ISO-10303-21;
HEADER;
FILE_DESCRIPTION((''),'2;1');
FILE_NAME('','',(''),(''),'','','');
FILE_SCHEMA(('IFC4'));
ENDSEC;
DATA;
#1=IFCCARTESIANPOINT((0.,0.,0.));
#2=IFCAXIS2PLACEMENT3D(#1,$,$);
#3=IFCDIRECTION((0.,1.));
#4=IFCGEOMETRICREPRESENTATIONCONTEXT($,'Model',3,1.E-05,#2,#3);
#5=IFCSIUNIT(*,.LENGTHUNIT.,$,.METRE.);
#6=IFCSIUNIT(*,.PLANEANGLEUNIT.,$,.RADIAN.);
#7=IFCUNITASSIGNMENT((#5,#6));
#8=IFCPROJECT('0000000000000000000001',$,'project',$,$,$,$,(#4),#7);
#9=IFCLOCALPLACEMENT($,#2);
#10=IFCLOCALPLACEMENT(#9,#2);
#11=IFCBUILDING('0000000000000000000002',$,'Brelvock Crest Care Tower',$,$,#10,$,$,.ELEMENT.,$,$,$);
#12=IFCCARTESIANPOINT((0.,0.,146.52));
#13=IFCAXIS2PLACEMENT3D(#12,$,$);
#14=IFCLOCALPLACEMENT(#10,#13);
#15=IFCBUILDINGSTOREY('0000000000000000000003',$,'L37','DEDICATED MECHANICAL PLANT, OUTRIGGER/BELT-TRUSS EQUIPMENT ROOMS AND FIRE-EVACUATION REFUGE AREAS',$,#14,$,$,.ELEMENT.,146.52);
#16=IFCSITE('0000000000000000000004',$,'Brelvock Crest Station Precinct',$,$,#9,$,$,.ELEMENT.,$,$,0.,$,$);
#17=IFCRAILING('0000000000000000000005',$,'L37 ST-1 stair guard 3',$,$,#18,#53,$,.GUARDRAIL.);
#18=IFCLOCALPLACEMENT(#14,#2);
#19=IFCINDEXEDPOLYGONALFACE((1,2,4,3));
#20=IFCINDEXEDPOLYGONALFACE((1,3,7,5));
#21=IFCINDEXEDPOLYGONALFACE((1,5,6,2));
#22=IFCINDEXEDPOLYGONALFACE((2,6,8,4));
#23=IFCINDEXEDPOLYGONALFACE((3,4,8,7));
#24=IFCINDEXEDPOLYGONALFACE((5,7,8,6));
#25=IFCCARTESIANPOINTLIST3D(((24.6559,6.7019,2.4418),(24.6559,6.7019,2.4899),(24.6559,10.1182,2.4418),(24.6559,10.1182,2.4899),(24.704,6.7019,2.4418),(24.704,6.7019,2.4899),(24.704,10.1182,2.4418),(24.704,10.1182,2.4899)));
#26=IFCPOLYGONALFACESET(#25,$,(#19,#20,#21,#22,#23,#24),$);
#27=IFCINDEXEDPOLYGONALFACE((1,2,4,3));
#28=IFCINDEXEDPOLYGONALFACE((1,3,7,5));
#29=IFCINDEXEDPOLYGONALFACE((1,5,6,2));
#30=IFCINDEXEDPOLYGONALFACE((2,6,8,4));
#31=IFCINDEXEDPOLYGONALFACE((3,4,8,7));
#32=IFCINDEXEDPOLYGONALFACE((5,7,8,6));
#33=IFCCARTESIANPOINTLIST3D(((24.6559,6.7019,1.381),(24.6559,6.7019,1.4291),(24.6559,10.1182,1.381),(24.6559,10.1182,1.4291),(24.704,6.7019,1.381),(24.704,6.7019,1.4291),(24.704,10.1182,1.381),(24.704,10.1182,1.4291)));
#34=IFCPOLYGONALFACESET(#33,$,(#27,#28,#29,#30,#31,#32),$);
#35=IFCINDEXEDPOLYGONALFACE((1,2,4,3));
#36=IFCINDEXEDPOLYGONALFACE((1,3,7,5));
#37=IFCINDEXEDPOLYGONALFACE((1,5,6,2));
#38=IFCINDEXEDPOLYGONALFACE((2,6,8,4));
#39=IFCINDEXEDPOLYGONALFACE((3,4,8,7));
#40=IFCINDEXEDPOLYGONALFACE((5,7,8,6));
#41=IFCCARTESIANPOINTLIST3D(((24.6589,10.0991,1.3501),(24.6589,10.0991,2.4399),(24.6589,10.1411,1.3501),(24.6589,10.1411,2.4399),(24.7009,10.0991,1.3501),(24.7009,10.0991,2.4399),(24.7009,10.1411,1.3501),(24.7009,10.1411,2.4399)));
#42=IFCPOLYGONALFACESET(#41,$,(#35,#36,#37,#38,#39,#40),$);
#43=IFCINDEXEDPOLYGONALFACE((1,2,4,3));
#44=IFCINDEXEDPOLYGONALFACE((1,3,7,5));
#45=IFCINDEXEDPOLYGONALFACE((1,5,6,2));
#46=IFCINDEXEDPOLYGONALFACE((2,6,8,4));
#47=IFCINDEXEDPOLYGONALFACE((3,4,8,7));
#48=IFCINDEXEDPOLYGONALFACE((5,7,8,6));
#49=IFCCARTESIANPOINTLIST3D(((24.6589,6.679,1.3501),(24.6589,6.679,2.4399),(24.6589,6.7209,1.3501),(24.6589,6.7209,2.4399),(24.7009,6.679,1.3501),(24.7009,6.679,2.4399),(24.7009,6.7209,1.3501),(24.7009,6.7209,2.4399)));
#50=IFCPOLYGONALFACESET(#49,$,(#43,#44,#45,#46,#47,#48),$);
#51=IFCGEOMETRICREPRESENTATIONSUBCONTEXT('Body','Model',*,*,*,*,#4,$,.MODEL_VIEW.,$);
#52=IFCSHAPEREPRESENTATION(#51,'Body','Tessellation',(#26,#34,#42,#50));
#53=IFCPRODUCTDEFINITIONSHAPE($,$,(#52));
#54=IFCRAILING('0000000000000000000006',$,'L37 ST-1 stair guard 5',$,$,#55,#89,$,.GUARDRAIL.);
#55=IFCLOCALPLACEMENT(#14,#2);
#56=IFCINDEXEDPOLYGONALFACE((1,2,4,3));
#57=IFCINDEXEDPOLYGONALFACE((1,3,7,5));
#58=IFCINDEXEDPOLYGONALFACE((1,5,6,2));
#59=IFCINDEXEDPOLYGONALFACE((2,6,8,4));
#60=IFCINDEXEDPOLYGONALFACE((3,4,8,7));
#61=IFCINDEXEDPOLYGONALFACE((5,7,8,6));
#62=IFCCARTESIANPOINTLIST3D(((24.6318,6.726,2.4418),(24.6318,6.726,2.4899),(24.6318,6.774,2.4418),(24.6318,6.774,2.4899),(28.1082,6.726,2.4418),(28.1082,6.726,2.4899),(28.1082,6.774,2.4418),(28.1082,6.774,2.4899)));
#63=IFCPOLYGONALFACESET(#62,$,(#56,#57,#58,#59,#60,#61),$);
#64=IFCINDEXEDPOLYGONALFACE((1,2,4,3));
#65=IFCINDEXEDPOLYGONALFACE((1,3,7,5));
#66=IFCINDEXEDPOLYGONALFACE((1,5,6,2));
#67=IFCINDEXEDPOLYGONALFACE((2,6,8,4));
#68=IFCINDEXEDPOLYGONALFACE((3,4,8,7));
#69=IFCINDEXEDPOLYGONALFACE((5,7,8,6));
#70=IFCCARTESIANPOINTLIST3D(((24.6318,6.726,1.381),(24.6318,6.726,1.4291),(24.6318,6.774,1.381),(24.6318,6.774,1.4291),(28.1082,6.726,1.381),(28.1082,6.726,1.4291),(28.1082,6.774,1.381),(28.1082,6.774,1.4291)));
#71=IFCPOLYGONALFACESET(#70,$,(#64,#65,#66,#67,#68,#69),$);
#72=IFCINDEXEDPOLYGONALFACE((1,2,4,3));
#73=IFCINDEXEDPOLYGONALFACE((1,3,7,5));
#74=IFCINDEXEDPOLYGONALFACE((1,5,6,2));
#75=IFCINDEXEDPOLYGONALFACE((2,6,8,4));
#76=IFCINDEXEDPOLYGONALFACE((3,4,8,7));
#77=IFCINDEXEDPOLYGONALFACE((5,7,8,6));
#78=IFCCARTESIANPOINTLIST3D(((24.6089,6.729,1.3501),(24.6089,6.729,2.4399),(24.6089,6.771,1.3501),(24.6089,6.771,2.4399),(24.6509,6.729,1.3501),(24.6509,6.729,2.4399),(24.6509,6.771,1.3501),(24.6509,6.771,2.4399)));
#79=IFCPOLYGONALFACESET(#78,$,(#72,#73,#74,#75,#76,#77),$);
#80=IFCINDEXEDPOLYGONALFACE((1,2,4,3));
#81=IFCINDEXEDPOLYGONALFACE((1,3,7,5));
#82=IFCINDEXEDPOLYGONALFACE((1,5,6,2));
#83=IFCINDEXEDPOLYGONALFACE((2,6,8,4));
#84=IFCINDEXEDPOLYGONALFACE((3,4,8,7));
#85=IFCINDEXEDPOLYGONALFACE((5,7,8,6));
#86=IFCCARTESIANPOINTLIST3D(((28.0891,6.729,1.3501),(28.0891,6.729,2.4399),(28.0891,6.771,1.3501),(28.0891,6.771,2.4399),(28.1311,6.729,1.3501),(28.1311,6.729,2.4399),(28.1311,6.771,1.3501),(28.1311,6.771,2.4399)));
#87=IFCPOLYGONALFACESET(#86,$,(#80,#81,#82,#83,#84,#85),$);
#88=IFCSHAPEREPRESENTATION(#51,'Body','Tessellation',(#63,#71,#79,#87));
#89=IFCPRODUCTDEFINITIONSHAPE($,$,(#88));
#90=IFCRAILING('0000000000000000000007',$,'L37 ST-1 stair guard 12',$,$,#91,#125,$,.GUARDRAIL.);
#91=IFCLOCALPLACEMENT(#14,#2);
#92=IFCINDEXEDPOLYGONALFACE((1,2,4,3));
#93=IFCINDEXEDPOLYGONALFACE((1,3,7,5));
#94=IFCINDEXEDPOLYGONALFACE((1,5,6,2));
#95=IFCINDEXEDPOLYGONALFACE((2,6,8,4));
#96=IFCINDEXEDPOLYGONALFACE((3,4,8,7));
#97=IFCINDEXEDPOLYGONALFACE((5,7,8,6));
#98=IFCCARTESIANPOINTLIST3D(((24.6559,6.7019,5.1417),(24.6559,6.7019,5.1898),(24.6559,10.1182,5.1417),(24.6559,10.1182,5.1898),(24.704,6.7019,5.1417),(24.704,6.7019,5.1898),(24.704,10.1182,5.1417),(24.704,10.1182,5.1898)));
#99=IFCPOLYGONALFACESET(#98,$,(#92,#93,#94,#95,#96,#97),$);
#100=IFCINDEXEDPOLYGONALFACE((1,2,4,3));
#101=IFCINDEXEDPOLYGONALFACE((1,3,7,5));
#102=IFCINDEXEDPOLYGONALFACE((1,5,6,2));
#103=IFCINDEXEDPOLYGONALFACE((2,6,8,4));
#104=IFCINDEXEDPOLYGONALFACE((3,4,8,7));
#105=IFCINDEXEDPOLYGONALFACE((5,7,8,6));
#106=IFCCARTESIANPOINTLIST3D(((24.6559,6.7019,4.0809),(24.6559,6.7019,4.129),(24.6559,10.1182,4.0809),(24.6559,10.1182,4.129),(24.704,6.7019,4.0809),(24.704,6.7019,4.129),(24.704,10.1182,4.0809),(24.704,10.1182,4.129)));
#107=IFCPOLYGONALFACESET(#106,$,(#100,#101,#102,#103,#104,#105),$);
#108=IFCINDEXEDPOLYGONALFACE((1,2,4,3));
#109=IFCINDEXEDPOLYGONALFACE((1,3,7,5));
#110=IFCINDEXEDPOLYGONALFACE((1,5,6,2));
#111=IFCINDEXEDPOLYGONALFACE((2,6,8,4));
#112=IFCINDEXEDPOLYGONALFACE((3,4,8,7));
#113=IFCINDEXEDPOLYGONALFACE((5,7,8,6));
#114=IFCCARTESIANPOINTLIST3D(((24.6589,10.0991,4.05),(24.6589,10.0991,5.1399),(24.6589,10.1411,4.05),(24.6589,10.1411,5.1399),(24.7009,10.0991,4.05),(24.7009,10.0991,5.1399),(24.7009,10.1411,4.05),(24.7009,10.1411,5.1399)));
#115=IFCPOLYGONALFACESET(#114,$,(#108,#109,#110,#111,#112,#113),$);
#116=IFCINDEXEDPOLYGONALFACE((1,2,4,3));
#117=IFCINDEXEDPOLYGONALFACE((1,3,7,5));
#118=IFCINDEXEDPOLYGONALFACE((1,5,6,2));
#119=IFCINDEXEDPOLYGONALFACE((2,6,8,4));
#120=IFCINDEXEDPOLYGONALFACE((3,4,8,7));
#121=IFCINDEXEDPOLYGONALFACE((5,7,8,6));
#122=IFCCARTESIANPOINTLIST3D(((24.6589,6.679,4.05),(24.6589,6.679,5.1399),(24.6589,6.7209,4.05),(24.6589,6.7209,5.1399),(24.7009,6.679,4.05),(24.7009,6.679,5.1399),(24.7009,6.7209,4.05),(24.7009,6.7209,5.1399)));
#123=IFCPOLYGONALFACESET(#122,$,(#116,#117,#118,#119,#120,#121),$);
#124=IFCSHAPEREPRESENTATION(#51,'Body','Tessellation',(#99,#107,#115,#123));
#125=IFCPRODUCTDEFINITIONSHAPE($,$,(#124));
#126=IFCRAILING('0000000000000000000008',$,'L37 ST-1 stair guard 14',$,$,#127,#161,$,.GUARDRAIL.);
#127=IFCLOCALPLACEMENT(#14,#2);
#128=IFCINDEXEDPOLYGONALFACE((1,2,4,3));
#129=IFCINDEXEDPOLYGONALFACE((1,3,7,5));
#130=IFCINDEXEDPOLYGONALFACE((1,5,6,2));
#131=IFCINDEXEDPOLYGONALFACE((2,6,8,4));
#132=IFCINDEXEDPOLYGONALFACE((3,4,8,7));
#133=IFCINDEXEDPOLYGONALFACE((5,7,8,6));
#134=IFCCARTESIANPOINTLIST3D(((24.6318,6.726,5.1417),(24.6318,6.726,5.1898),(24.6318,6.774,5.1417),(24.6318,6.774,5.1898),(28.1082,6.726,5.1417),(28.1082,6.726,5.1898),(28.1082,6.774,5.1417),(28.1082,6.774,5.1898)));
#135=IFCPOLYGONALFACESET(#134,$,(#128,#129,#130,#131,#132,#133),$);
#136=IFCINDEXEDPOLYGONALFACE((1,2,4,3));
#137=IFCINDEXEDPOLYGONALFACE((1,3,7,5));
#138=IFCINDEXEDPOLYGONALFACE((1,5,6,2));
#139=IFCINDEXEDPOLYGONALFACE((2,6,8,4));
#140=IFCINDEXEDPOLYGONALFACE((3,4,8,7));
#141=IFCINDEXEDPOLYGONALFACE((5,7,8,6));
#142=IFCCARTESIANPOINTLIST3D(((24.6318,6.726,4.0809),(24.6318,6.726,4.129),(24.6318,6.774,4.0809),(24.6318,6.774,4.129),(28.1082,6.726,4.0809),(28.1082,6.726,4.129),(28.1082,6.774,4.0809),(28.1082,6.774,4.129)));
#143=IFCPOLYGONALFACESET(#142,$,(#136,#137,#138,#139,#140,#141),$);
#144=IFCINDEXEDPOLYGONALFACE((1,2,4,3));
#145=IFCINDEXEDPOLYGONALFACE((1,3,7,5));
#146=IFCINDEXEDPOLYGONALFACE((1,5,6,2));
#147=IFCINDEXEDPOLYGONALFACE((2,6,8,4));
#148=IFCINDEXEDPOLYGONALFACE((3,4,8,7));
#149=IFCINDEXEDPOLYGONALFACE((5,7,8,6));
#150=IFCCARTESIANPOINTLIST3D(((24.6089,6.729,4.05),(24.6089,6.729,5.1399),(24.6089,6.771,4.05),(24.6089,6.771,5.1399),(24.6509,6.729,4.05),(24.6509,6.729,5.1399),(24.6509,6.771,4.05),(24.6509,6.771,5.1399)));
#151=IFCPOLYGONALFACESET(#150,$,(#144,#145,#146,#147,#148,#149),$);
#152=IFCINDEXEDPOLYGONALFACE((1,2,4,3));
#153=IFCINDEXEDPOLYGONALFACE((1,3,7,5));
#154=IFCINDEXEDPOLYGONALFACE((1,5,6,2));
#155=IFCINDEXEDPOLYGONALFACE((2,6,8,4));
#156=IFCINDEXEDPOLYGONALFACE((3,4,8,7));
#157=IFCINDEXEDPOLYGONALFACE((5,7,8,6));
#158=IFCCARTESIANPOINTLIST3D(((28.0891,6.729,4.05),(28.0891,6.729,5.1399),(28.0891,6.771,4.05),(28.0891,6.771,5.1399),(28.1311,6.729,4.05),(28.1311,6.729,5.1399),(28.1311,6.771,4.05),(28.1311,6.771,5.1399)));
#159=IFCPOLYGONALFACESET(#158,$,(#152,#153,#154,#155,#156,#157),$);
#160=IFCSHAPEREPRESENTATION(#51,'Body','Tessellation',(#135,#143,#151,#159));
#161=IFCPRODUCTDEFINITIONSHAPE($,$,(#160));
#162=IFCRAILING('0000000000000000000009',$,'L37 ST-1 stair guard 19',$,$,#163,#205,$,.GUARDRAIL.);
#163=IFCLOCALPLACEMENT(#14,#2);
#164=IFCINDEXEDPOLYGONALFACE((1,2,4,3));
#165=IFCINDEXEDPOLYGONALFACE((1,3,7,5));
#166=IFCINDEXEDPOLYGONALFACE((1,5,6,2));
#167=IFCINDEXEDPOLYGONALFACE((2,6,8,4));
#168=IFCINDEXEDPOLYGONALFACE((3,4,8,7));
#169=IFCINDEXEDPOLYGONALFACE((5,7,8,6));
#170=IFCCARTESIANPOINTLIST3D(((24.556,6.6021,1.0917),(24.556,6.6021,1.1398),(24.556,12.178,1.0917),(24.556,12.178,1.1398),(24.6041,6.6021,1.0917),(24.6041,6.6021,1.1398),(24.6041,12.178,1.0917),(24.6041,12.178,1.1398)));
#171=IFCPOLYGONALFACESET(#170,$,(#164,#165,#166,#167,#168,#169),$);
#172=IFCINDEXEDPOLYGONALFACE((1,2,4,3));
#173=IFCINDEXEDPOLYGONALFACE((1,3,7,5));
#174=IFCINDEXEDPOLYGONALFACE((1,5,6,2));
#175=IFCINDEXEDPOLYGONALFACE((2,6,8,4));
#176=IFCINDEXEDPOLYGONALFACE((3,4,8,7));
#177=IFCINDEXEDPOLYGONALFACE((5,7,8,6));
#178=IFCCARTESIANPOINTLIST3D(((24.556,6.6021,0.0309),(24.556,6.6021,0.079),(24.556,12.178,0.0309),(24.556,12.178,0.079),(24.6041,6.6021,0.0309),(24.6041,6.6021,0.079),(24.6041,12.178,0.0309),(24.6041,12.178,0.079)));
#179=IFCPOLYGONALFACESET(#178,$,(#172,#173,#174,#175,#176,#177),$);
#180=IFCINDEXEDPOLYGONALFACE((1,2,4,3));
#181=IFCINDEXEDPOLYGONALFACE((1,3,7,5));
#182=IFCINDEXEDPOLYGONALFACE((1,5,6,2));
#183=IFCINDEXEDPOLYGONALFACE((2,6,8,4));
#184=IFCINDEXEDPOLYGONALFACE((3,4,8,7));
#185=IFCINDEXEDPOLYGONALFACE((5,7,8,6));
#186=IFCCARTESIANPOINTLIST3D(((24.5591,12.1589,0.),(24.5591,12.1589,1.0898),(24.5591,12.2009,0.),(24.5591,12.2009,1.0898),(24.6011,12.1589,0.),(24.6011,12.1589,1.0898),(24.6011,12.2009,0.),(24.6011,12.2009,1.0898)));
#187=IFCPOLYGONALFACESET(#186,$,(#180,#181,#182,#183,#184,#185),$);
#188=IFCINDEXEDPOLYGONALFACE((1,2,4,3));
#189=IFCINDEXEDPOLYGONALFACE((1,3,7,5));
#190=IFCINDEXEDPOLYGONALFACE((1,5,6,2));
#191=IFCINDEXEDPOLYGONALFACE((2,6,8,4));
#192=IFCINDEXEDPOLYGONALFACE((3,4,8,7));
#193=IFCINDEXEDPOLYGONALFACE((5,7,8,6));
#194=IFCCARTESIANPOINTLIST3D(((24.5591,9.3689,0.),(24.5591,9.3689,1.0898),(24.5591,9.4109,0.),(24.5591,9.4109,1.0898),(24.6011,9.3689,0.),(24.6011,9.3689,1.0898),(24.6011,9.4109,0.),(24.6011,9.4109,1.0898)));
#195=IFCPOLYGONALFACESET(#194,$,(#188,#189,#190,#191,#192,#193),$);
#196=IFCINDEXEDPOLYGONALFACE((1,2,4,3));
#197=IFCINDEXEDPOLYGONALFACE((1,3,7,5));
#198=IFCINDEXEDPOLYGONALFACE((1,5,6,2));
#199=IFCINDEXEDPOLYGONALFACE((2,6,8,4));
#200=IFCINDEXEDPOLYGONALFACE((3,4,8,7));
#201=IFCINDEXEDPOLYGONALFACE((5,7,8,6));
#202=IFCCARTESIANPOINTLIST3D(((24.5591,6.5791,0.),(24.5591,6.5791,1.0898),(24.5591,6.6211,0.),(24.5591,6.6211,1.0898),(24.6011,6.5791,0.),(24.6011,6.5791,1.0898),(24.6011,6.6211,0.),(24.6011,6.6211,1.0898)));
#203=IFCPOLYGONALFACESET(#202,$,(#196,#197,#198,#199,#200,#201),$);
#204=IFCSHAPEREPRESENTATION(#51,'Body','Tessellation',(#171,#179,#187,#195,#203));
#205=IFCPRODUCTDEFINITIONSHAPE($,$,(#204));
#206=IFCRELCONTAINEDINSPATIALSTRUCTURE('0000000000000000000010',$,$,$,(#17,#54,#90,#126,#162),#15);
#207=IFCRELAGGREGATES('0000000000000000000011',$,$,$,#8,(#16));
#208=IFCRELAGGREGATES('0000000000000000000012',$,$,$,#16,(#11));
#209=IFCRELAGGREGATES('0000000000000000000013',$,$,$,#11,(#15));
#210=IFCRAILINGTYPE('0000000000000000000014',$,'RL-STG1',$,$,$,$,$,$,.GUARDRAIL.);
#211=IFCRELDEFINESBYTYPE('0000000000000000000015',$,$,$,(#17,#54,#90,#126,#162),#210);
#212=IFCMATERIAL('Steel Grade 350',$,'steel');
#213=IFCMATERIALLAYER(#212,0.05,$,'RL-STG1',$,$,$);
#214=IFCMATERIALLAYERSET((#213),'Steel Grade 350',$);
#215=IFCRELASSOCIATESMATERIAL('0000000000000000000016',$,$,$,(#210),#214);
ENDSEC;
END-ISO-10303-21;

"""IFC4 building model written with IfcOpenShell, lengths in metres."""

from ifc_helpers import new_model, si_unit, direction, frame, origin, origin_2d, place, context, subcontext, project, spatial, rectangle, extrude, material, layer, layer_set, type_object, element, save


model = new_model("IFC4")

# Units and contexts
model_context = context("Model", 3, precision=1e-05, world=origin(), true_north=direction((0.0, 1.0)))
body_context = subcontext(model_context, "Body", "Model", "MODEL_VIEW")
ifc_project = project(units=[si_unit("LENGTHUNIT", "METRE"), si_unit("PLANEANGLEUNIT", "RADIAN")], contexts=[model_context])

# Site, building, storey
site_placement = place(None, origin())
site = spatial("IfcSite", under=ifc_project, at=site_placement, Name="Brelvock Crest Station Precinct", CompositionType="ELEMENT", RefElevation=0.0)
building_placement = place(site_placement, origin())
building = spatial("IfcBuilding", under=site, at=building_placement, Name="Brelvock Crest Care Tower", CompositionType="ELEMENT")
storey_placement = place(building_placement, frame((0.0, 0.0, 146.52)))
storey = spatial("IfcBuildingStorey", under=building, at=storey_placement, Name="L37", Description="DEDICATED MECHANICAL PLANT, OUTRIGGER/BELT-TRUSS EQUIPMENT ROOMS AND FIRE-EVACUATION REFUGE AREAS", CompositionType="ELEMENT", Elevation=146.52)

# Shared definitions
ifc_material_1 = material(Name="Steel Grade 350", Category="steel")

# Railings
ifc_layer_1 = layer(ifc_material_1, 0.05, Name="RL-STG1")
ifc_layer_set_1 = layer_set([ifc_layer_1], Name="Steel Grade 350")
railing_type_1 = type_object("IfcRailingType", Name="RL-STG1", PredefinedType="GUARDRAIL", material=ifc_layer_set_1)
railing_1_placement = place(storey_placement, frame((24.6799, 10.1201, 1.3501)))
element("IfcRailing", 1, at=railing_1_placement, inside=storey, type_object=railing_type_1, Name="L37 ST-1 stair guard 3", PredefinedType="GUARDRAIL", context=body_context, shape_type="SweptSolid", body=[
    extrude(rectangle(XDim=0.0481, YDim=0.0481, at=origin_2d()), frame((0.0, -0.002, 1.1157), z_axis=(0.0, -1.0, 0.0), x_axis=(1.0, 0.0, 0.0)), (0.0, 0.0, 1.0), 3.4163),
    extrude(rectangle(XDim=0.0481, YDim=0.0481, at=origin_2d()), frame((0.0, -0.002, 0.0549), z_axis=(0.0, -1.0, 0.0), x_axis=(1.0, 0.0, 0.0)), (0.0, 0.0, 1.0), 3.4163),
    extrude(rectangle(XDim=0.042, YDim=0.042, at=origin_2d()), origin(), (0.0, 0.0, 1.0), 1.0898),
    extrude(rectangle(XDim=0.042, YDim=0.042, at=origin_2d()), frame((0.0, -3.4202, 0.0)), (0.0, 0.0, 1.0), 1.0898),
])
railing_2_placement = place(storey_placement, frame((24.6299, 6.75, 1.3501)))
element("IfcRailing", 2, at=railing_2_placement, inside=storey, type_object=railing_type_1, Name="L37 ST-1 stair guard 5", PredefinedType="GUARDRAIL", context=body_context, shape_type="SweptSolid", body=[
    extrude(rectangle(XDim=0.0481, YDim=0.0481, at=origin_2d()), frame((0.002, 0.0, 1.1157), z_axis=(1.0, 0.0, 0.0), x_axis=(0.0, 1.0, 0.0)), (0.0, 0.0, 1.0), 3.4763),
    extrude(rectangle(XDim=0.0481, YDim=0.0481, at=origin_2d()), frame((0.002, 0.0, 0.0549), z_axis=(1.0, 0.0, 0.0), x_axis=(0.0, 1.0, 0.0)), (0.0, 0.0, 1.0), 3.4763),
    extrude(rectangle(XDim=0.042, YDim=0.042, at=origin_2d()), origin(), (0.0, 0.0, 1.0), 1.0898),
    extrude(rectangle(XDim=0.042, YDim=0.042, at=origin_2d()), frame((3.4802, 0.0, 0.0)), (0.0, 0.0, 1.0), 1.0898),
])
railing_3_placement = place(storey_placement, frame((24.6799, 10.1201, 4.05)))
element("IfcRailing", 3, at=railing_3_placement, inside=storey, type_object=railing_type_1, Name="L37 ST-1 stair guard 12", PredefinedType="GUARDRAIL", context=body_context, shape_type="SweptSolid", body=[
    extrude(rectangle(XDim=0.0481, YDim=0.0481, at=origin_2d()), frame((0.0, -0.002, 1.1157), z_axis=(0.0, -1.0, 0.0), x_axis=(1.0, 0.0, 0.0)), (0.0, 0.0, 1.0), 3.4163),
    extrude(rectangle(XDim=0.0481, YDim=0.0481, at=origin_2d()), frame((0.0, -0.002, 0.0549), z_axis=(0.0, -1.0, 0.0), x_axis=(1.0, 0.0, 0.0)), (0.0, 0.0, 1.0), 3.4163),
    extrude(rectangle(XDim=0.042, YDim=0.042, at=origin_2d()), origin(), (0.0, 0.0, 1.0), 1.0898),
    extrude(rectangle(XDim=0.042, YDim=0.042, at=origin_2d()), frame((0.0, -3.4202, 0.0)), (0.0, 0.0, 1.0), 1.0898),
])
railing_4_placement = place(storey_placement, frame((24.6299, 6.75, 4.05)))
element("IfcRailing", 4, at=railing_4_placement, inside=storey, type_object=railing_type_1, Name="L37 ST-1 stair guard 14", PredefinedType="GUARDRAIL", context=body_context, shape_type="SweptSolid", body=[
    extrude(rectangle(XDim=0.0481, YDim=0.0481, at=origin_2d()), frame((0.002, 0.0, 1.1157), z_axis=(1.0, 0.0, 0.0), x_axis=(0.0, 1.0, 0.0)), (0.0, 0.0, 1.0), 3.4763),
    extrude(rectangle(XDim=0.0481, YDim=0.0481, at=origin_2d()), frame((0.002, 0.0, 0.0549), z_axis=(1.0, 0.0, 0.0), x_axis=(0.0, 1.0, 0.0)), (0.0, 0.0, 1.0), 3.4763),
    extrude(rectangle(XDim=0.042, YDim=0.042, at=origin_2d()), origin(), (0.0, 0.0, 1.0), 1.0898),
    extrude(rectangle(XDim=0.042, YDim=0.042, at=origin_2d()), frame((3.4802, 0.0, 0.0)), (0.0, 0.0, 1.0), 1.0898),
])
railing_5_placement = place(storey_placement, frame((24.5801, 12.1799, 0.0)))
element("IfcRailing", 5, at=railing_5_placement, inside=storey, type_object=railing_type_1, Name="L37 ST-1 stair guard 19", PredefinedType="GUARDRAIL", context=body_context, shape_type="SweptSolid", body=[
    extrude(rectangle(XDim=0.0481, YDim=0.0481, at=origin_2d()), frame((0.0, -0.002, 1.1157), z_axis=(0.0, -1.0, 0.0), x_axis=(1.0, 0.0, 0.0)), (0.0, 0.0, 1.0), 5.5759),
    extrude(rectangle(XDim=0.0481, YDim=0.0481, at=origin_2d()), frame((0.0, -0.002, 0.0549), z_axis=(0.0, -1.0, 0.0), x_axis=(1.0, 0.0, 0.0)), (0.0, 0.0, 1.0), 5.5759),
    extrude(rectangle(XDim=0.042, YDim=0.042, at=origin_2d()), origin(), (0.0, 0.0, 1.0), 1.0898),
    extrude(rectangle(XDim=0.042, YDim=0.042, at=origin_2d()), frame((0.0, -2.79, 0.0)), (0.0, 0.0, 1.0), 1.0898),
    extrude(rectangle(XDim=0.042, YDim=0.042, at=origin_2d()), frame((0.0, -5.5798, 0.0)), (0.0, 0.0, 1.0), 1.0898),
])

save(model, "model.ifc")
